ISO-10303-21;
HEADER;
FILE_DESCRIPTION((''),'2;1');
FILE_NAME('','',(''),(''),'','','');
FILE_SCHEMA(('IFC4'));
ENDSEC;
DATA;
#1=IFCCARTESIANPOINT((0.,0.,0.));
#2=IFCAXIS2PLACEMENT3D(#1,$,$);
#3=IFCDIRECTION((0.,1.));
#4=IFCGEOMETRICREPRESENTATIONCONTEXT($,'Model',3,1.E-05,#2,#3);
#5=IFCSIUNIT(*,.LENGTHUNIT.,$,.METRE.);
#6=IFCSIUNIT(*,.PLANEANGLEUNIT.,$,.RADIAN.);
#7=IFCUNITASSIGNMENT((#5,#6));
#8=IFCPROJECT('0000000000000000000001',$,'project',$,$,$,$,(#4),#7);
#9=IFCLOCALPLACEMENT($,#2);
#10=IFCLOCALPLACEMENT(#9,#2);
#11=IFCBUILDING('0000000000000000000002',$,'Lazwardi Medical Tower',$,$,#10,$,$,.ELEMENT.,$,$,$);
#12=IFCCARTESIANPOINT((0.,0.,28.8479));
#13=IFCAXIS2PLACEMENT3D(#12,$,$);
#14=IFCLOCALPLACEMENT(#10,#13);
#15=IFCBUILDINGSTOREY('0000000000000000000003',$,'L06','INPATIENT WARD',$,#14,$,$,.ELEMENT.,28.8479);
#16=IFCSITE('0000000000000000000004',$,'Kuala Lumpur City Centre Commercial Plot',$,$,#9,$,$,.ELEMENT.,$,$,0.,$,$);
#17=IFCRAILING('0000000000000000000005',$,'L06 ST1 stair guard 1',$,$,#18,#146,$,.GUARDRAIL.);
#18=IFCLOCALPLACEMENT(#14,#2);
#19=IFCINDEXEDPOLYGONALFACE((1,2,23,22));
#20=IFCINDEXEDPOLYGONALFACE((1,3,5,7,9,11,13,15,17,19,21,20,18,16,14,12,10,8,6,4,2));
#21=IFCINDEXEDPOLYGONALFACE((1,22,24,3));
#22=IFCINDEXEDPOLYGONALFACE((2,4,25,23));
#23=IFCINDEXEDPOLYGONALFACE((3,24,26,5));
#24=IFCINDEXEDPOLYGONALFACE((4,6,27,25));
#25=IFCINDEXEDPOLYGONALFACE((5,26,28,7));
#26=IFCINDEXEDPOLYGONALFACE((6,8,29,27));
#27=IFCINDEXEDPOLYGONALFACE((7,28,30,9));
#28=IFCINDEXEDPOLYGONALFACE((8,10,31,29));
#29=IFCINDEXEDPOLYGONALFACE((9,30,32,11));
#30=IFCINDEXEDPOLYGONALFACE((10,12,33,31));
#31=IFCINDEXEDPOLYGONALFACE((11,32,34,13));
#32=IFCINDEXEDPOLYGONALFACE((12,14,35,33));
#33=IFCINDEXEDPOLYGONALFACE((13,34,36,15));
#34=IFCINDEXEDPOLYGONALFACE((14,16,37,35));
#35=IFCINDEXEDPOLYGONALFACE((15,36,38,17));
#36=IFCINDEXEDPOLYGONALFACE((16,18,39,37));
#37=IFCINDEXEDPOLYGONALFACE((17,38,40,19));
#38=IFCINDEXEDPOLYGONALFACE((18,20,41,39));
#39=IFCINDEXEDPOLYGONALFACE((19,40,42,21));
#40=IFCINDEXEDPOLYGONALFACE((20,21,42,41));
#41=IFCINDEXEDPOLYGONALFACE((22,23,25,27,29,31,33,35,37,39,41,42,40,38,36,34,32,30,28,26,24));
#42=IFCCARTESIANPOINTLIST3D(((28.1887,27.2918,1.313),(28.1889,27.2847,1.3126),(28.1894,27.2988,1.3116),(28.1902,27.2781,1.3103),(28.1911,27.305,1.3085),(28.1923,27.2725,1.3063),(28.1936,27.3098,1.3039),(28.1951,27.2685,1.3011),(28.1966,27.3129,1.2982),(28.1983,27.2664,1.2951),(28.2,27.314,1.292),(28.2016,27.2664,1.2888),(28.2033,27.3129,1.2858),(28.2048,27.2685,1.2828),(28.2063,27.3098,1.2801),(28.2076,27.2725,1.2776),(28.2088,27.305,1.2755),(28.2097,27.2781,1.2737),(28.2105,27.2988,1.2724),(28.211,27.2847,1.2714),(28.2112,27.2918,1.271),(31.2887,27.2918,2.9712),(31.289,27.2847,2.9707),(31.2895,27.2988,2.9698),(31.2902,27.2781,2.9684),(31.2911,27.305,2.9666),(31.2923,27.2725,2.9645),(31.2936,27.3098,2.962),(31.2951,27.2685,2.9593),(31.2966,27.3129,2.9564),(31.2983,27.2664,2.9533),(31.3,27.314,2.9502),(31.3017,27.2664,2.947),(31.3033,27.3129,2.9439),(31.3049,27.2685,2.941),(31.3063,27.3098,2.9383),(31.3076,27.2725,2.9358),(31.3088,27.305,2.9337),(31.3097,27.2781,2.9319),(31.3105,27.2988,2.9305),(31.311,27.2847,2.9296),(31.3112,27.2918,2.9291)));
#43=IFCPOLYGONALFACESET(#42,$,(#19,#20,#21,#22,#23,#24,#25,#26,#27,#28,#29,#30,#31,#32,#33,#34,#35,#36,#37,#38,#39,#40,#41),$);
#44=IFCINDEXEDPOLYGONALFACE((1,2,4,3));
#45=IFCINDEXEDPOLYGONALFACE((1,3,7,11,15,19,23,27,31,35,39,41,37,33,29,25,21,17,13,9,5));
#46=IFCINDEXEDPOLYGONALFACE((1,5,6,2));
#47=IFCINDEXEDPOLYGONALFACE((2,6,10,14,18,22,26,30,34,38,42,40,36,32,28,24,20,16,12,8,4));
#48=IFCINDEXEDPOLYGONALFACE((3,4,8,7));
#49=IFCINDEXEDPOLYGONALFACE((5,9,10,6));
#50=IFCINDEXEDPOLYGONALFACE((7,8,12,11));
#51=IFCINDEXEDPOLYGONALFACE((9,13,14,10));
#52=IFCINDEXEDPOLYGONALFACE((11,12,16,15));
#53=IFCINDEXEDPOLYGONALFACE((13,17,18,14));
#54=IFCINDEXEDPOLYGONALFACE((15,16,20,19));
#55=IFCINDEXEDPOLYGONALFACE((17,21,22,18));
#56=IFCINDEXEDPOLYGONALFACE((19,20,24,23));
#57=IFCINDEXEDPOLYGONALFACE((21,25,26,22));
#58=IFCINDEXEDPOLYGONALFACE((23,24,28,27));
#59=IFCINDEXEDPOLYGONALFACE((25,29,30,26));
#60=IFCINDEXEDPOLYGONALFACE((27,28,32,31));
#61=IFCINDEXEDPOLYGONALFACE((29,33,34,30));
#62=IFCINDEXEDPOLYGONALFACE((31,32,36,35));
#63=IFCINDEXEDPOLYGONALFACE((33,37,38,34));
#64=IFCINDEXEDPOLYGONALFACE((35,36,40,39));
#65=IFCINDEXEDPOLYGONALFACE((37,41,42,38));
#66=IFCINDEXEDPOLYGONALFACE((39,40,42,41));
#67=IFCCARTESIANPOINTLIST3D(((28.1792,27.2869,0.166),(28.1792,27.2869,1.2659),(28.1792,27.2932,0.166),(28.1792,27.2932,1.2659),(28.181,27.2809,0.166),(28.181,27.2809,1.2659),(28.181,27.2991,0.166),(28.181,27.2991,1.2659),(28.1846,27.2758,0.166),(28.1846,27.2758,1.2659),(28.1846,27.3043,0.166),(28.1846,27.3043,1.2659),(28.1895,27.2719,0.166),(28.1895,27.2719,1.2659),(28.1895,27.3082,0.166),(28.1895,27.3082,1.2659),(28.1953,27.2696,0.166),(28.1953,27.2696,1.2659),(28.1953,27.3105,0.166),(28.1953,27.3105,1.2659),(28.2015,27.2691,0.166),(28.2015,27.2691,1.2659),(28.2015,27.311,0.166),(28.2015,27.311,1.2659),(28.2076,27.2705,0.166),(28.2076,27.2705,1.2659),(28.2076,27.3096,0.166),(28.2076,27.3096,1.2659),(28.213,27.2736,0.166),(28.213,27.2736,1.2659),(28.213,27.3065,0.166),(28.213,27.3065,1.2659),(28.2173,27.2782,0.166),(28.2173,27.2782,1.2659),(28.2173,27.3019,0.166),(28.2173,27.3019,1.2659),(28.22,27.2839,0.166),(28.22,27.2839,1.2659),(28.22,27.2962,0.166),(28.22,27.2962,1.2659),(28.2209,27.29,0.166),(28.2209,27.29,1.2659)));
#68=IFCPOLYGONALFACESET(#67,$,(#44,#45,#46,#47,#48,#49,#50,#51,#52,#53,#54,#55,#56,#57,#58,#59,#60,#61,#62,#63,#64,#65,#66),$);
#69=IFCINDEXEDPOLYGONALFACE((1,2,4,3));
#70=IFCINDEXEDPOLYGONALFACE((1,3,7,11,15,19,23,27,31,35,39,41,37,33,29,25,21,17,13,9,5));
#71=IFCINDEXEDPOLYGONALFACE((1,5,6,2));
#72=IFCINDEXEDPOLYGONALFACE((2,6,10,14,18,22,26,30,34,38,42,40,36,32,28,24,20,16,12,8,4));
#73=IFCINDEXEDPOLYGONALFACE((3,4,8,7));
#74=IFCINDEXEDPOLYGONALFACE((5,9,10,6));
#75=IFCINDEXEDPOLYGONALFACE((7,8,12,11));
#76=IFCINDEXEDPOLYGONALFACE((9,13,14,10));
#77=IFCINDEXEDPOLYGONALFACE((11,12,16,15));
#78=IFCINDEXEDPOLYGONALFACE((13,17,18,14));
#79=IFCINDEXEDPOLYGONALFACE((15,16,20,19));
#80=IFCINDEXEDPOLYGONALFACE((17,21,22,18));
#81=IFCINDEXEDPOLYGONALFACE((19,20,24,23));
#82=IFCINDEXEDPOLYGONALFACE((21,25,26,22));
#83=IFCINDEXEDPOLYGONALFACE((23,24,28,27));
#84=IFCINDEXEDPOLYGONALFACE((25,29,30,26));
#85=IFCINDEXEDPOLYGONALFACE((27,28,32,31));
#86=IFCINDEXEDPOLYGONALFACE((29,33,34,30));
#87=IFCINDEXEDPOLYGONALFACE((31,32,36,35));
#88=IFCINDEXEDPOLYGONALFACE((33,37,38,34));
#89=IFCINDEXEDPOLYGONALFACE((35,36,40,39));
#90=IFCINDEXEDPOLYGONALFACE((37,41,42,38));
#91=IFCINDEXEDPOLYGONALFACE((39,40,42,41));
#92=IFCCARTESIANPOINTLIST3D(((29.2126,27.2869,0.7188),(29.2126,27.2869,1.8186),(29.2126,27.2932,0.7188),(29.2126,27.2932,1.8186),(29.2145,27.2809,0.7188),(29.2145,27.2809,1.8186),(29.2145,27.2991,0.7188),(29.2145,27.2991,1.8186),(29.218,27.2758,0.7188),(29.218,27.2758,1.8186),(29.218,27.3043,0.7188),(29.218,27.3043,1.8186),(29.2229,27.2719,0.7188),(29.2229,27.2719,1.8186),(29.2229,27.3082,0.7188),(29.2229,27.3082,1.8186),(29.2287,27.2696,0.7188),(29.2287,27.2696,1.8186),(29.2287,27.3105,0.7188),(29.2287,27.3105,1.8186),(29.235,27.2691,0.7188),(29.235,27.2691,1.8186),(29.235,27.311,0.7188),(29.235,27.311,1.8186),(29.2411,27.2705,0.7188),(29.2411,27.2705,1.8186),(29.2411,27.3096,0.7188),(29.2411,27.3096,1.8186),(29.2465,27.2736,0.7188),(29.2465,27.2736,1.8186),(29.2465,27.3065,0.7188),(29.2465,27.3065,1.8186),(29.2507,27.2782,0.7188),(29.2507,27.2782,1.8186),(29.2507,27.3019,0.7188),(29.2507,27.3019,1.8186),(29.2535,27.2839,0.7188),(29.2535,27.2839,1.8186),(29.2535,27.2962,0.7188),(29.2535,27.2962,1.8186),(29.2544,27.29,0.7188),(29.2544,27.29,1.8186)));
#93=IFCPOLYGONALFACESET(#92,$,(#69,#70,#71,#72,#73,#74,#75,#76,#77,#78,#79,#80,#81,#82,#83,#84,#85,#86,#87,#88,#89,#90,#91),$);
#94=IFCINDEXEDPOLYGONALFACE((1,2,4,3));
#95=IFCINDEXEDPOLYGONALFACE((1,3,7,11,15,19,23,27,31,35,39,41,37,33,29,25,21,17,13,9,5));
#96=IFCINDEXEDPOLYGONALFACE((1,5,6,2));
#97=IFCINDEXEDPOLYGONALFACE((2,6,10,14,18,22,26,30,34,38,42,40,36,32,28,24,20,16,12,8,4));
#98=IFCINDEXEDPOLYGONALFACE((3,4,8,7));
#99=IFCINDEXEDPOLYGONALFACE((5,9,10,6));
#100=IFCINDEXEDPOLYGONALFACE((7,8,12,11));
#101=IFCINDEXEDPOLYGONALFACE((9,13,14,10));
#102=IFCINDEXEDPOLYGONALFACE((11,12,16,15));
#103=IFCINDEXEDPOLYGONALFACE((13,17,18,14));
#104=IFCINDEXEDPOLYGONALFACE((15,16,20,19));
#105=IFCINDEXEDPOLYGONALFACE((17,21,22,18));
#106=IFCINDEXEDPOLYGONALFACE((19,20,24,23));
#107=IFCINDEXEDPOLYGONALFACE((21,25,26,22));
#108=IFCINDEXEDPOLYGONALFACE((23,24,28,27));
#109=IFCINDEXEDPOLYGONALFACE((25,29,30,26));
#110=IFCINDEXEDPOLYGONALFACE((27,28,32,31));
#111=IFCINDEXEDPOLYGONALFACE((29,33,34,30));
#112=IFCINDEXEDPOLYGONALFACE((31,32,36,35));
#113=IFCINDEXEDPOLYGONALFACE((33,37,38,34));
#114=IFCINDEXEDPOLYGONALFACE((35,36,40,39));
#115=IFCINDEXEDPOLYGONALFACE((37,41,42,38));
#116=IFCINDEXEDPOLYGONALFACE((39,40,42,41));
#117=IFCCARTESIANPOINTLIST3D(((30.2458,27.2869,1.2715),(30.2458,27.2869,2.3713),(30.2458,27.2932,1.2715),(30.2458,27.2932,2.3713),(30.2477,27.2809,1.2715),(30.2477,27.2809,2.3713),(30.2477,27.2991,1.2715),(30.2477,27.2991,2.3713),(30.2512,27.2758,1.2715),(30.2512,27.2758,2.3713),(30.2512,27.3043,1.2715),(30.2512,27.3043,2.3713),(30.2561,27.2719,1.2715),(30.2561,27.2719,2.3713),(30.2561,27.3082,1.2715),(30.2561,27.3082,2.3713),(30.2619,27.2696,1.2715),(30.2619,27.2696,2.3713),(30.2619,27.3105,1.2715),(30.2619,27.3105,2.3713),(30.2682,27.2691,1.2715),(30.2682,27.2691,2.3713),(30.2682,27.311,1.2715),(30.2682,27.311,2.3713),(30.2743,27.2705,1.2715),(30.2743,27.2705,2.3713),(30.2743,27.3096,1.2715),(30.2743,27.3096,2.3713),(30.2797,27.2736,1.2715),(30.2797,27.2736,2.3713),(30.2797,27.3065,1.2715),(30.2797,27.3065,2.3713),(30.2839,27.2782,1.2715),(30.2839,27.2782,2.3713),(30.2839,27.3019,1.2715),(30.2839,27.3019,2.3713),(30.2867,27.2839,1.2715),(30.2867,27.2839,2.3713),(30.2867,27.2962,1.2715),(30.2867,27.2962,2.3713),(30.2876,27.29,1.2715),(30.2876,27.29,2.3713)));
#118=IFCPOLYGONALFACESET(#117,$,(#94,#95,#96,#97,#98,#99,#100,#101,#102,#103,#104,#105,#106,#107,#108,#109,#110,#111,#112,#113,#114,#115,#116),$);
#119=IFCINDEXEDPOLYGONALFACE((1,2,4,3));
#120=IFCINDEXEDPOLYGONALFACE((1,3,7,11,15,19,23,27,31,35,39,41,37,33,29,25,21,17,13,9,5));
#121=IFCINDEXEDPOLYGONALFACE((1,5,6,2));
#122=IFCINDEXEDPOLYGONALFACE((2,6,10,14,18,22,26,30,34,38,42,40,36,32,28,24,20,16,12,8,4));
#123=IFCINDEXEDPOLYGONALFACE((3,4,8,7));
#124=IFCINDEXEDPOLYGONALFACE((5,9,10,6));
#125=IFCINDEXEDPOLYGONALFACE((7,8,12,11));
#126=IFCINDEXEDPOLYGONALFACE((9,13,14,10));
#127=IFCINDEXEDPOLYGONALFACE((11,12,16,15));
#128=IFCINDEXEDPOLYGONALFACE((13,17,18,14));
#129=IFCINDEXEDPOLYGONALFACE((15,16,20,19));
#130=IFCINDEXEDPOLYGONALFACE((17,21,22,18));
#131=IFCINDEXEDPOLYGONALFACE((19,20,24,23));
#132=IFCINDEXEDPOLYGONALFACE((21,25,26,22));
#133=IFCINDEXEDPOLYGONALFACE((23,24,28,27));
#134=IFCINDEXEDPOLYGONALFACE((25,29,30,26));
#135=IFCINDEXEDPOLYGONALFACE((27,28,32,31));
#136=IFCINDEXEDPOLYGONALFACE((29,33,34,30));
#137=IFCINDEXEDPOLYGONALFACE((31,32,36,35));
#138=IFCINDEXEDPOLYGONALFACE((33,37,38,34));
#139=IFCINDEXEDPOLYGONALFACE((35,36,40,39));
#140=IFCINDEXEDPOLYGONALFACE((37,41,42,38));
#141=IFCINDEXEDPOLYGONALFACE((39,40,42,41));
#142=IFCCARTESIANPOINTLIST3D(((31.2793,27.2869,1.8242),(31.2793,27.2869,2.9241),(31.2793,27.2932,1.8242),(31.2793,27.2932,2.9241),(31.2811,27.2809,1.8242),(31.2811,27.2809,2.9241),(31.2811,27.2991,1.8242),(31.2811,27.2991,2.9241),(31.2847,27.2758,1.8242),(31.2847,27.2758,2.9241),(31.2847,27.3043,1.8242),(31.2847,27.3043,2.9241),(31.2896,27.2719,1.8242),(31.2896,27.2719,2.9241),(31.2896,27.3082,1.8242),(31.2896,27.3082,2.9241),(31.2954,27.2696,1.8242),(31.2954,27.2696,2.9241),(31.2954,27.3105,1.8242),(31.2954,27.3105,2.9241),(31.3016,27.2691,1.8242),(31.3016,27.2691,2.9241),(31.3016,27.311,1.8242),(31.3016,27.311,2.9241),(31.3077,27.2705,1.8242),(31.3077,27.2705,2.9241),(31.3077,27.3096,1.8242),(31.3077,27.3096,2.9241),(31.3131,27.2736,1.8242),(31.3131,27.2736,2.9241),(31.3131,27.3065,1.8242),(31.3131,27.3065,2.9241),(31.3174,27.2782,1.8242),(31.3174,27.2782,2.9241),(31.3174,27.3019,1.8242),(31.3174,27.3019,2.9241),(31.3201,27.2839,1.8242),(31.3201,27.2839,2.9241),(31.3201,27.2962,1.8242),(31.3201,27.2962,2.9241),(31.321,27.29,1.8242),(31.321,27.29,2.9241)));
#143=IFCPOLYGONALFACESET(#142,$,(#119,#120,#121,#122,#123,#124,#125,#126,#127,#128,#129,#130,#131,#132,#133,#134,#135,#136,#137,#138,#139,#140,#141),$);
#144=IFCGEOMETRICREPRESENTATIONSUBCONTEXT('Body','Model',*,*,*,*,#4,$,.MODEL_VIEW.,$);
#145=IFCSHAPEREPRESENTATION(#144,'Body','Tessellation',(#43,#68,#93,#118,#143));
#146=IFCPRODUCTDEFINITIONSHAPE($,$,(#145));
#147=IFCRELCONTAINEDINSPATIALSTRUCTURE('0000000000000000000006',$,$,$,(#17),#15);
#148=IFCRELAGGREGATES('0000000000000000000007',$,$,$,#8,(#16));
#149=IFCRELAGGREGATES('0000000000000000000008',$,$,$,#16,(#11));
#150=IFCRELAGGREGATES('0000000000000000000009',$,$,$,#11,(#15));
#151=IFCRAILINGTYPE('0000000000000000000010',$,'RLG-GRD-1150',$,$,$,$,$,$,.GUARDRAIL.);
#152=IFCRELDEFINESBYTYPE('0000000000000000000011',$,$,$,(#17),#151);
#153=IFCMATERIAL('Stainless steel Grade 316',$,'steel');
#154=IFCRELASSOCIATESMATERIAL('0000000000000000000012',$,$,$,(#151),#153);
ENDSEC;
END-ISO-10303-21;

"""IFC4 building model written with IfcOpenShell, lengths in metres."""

from ifc_helpers import new_model, si_unit, direction, frame, origin, origin_2d, place, context, subcontext, project, spatial, circle, extrude, material, type_object, element, save


model = new_model("IFC4")

# Units and contexts
model_context = context("Model", 3, precision=1e-05, world=origin(), true_north=direction((0.0, 1.0)))
body_context = subcontext(model_context, "Body", "Model", "MODEL_VIEW")
ifc_project = project(units=[si_unit("LENGTHUNIT", "METRE"), si_unit("PLANEANGLEUNIT", "RADIAN")], contexts=[model_context])

# Site, building, storey
site_placement = place(None, origin())
site = spatial("IfcSite", under=ifc_project, at=site_placement, Name="Kuala Lumpur City Centre Commercial Plot", CompositionType="ELEMENT", RefElevation=0.0)
building_placement = place(site_placement, origin())
building = spatial("IfcBuilding", under=site, at=building_placement, Name="Lazwardi Medical Tower", CompositionType="ELEMENT")
storey_placement = place(building_placement, frame((0.0, 0.0, 28.8479)))
storey = spatial("IfcBuildingStorey", under=building, at=storey_placement, Name="L06", Description="INPATIENT WARD", CompositionType="ELEMENT", Elevation=28.8479)

# Railing
ifc_material_1 = material(Name="Stainless steel Grade 316", Category="steel")
railing_type_1 = type_object("IfcRailingType", Name="RLG-GRD-1150", PredefinedType="GUARDRAIL", material=ifc_material_1)
railing_1_placement = place(storey_placement, frame((28.2, 27.29, 0.166)))
element("IfcRailing", 1, at=railing_1_placement, inside=storey, type_object=railing_type_1, Name="L06 ST1 stair guard 1", PredefinedType="GUARDRAIL", context=body_context, shape_type="SweptSolid", body=[
    extrude(circle(Radius=0.0239, at=origin_2d()), frame((0.0, 0.0, 1.126), z_axis=(0.881783, 0.0, 0.471655), x_axis=(0.0, 1.0, 0.0)), (0.0, 0.0, 1.0), 3.5156),
    extrude(circle(Radius=0.021, at=origin_2d()), origin(), (0.0, 0.0, 1.0), 1.0999),
    extrude(circle(Radius=0.021, at=origin_2d()), frame((1.0334, 0.0, 0.5527)), (0.0, 0.0, 1.0), 1.0999),
    extrude(circle(Radius=0.021, at=origin_2d()), frame((2.0667, 0.0, 1.1055)), (0.0, 0.0, 1.0), 1.0999),
    extrude(circle(Radius=0.021, at=origin_2d()), frame((3.1001, 0.0, 1.6582)), (0.0, 0.0, 1.0), 1.0999),
])

save(model, "model.ifc")
